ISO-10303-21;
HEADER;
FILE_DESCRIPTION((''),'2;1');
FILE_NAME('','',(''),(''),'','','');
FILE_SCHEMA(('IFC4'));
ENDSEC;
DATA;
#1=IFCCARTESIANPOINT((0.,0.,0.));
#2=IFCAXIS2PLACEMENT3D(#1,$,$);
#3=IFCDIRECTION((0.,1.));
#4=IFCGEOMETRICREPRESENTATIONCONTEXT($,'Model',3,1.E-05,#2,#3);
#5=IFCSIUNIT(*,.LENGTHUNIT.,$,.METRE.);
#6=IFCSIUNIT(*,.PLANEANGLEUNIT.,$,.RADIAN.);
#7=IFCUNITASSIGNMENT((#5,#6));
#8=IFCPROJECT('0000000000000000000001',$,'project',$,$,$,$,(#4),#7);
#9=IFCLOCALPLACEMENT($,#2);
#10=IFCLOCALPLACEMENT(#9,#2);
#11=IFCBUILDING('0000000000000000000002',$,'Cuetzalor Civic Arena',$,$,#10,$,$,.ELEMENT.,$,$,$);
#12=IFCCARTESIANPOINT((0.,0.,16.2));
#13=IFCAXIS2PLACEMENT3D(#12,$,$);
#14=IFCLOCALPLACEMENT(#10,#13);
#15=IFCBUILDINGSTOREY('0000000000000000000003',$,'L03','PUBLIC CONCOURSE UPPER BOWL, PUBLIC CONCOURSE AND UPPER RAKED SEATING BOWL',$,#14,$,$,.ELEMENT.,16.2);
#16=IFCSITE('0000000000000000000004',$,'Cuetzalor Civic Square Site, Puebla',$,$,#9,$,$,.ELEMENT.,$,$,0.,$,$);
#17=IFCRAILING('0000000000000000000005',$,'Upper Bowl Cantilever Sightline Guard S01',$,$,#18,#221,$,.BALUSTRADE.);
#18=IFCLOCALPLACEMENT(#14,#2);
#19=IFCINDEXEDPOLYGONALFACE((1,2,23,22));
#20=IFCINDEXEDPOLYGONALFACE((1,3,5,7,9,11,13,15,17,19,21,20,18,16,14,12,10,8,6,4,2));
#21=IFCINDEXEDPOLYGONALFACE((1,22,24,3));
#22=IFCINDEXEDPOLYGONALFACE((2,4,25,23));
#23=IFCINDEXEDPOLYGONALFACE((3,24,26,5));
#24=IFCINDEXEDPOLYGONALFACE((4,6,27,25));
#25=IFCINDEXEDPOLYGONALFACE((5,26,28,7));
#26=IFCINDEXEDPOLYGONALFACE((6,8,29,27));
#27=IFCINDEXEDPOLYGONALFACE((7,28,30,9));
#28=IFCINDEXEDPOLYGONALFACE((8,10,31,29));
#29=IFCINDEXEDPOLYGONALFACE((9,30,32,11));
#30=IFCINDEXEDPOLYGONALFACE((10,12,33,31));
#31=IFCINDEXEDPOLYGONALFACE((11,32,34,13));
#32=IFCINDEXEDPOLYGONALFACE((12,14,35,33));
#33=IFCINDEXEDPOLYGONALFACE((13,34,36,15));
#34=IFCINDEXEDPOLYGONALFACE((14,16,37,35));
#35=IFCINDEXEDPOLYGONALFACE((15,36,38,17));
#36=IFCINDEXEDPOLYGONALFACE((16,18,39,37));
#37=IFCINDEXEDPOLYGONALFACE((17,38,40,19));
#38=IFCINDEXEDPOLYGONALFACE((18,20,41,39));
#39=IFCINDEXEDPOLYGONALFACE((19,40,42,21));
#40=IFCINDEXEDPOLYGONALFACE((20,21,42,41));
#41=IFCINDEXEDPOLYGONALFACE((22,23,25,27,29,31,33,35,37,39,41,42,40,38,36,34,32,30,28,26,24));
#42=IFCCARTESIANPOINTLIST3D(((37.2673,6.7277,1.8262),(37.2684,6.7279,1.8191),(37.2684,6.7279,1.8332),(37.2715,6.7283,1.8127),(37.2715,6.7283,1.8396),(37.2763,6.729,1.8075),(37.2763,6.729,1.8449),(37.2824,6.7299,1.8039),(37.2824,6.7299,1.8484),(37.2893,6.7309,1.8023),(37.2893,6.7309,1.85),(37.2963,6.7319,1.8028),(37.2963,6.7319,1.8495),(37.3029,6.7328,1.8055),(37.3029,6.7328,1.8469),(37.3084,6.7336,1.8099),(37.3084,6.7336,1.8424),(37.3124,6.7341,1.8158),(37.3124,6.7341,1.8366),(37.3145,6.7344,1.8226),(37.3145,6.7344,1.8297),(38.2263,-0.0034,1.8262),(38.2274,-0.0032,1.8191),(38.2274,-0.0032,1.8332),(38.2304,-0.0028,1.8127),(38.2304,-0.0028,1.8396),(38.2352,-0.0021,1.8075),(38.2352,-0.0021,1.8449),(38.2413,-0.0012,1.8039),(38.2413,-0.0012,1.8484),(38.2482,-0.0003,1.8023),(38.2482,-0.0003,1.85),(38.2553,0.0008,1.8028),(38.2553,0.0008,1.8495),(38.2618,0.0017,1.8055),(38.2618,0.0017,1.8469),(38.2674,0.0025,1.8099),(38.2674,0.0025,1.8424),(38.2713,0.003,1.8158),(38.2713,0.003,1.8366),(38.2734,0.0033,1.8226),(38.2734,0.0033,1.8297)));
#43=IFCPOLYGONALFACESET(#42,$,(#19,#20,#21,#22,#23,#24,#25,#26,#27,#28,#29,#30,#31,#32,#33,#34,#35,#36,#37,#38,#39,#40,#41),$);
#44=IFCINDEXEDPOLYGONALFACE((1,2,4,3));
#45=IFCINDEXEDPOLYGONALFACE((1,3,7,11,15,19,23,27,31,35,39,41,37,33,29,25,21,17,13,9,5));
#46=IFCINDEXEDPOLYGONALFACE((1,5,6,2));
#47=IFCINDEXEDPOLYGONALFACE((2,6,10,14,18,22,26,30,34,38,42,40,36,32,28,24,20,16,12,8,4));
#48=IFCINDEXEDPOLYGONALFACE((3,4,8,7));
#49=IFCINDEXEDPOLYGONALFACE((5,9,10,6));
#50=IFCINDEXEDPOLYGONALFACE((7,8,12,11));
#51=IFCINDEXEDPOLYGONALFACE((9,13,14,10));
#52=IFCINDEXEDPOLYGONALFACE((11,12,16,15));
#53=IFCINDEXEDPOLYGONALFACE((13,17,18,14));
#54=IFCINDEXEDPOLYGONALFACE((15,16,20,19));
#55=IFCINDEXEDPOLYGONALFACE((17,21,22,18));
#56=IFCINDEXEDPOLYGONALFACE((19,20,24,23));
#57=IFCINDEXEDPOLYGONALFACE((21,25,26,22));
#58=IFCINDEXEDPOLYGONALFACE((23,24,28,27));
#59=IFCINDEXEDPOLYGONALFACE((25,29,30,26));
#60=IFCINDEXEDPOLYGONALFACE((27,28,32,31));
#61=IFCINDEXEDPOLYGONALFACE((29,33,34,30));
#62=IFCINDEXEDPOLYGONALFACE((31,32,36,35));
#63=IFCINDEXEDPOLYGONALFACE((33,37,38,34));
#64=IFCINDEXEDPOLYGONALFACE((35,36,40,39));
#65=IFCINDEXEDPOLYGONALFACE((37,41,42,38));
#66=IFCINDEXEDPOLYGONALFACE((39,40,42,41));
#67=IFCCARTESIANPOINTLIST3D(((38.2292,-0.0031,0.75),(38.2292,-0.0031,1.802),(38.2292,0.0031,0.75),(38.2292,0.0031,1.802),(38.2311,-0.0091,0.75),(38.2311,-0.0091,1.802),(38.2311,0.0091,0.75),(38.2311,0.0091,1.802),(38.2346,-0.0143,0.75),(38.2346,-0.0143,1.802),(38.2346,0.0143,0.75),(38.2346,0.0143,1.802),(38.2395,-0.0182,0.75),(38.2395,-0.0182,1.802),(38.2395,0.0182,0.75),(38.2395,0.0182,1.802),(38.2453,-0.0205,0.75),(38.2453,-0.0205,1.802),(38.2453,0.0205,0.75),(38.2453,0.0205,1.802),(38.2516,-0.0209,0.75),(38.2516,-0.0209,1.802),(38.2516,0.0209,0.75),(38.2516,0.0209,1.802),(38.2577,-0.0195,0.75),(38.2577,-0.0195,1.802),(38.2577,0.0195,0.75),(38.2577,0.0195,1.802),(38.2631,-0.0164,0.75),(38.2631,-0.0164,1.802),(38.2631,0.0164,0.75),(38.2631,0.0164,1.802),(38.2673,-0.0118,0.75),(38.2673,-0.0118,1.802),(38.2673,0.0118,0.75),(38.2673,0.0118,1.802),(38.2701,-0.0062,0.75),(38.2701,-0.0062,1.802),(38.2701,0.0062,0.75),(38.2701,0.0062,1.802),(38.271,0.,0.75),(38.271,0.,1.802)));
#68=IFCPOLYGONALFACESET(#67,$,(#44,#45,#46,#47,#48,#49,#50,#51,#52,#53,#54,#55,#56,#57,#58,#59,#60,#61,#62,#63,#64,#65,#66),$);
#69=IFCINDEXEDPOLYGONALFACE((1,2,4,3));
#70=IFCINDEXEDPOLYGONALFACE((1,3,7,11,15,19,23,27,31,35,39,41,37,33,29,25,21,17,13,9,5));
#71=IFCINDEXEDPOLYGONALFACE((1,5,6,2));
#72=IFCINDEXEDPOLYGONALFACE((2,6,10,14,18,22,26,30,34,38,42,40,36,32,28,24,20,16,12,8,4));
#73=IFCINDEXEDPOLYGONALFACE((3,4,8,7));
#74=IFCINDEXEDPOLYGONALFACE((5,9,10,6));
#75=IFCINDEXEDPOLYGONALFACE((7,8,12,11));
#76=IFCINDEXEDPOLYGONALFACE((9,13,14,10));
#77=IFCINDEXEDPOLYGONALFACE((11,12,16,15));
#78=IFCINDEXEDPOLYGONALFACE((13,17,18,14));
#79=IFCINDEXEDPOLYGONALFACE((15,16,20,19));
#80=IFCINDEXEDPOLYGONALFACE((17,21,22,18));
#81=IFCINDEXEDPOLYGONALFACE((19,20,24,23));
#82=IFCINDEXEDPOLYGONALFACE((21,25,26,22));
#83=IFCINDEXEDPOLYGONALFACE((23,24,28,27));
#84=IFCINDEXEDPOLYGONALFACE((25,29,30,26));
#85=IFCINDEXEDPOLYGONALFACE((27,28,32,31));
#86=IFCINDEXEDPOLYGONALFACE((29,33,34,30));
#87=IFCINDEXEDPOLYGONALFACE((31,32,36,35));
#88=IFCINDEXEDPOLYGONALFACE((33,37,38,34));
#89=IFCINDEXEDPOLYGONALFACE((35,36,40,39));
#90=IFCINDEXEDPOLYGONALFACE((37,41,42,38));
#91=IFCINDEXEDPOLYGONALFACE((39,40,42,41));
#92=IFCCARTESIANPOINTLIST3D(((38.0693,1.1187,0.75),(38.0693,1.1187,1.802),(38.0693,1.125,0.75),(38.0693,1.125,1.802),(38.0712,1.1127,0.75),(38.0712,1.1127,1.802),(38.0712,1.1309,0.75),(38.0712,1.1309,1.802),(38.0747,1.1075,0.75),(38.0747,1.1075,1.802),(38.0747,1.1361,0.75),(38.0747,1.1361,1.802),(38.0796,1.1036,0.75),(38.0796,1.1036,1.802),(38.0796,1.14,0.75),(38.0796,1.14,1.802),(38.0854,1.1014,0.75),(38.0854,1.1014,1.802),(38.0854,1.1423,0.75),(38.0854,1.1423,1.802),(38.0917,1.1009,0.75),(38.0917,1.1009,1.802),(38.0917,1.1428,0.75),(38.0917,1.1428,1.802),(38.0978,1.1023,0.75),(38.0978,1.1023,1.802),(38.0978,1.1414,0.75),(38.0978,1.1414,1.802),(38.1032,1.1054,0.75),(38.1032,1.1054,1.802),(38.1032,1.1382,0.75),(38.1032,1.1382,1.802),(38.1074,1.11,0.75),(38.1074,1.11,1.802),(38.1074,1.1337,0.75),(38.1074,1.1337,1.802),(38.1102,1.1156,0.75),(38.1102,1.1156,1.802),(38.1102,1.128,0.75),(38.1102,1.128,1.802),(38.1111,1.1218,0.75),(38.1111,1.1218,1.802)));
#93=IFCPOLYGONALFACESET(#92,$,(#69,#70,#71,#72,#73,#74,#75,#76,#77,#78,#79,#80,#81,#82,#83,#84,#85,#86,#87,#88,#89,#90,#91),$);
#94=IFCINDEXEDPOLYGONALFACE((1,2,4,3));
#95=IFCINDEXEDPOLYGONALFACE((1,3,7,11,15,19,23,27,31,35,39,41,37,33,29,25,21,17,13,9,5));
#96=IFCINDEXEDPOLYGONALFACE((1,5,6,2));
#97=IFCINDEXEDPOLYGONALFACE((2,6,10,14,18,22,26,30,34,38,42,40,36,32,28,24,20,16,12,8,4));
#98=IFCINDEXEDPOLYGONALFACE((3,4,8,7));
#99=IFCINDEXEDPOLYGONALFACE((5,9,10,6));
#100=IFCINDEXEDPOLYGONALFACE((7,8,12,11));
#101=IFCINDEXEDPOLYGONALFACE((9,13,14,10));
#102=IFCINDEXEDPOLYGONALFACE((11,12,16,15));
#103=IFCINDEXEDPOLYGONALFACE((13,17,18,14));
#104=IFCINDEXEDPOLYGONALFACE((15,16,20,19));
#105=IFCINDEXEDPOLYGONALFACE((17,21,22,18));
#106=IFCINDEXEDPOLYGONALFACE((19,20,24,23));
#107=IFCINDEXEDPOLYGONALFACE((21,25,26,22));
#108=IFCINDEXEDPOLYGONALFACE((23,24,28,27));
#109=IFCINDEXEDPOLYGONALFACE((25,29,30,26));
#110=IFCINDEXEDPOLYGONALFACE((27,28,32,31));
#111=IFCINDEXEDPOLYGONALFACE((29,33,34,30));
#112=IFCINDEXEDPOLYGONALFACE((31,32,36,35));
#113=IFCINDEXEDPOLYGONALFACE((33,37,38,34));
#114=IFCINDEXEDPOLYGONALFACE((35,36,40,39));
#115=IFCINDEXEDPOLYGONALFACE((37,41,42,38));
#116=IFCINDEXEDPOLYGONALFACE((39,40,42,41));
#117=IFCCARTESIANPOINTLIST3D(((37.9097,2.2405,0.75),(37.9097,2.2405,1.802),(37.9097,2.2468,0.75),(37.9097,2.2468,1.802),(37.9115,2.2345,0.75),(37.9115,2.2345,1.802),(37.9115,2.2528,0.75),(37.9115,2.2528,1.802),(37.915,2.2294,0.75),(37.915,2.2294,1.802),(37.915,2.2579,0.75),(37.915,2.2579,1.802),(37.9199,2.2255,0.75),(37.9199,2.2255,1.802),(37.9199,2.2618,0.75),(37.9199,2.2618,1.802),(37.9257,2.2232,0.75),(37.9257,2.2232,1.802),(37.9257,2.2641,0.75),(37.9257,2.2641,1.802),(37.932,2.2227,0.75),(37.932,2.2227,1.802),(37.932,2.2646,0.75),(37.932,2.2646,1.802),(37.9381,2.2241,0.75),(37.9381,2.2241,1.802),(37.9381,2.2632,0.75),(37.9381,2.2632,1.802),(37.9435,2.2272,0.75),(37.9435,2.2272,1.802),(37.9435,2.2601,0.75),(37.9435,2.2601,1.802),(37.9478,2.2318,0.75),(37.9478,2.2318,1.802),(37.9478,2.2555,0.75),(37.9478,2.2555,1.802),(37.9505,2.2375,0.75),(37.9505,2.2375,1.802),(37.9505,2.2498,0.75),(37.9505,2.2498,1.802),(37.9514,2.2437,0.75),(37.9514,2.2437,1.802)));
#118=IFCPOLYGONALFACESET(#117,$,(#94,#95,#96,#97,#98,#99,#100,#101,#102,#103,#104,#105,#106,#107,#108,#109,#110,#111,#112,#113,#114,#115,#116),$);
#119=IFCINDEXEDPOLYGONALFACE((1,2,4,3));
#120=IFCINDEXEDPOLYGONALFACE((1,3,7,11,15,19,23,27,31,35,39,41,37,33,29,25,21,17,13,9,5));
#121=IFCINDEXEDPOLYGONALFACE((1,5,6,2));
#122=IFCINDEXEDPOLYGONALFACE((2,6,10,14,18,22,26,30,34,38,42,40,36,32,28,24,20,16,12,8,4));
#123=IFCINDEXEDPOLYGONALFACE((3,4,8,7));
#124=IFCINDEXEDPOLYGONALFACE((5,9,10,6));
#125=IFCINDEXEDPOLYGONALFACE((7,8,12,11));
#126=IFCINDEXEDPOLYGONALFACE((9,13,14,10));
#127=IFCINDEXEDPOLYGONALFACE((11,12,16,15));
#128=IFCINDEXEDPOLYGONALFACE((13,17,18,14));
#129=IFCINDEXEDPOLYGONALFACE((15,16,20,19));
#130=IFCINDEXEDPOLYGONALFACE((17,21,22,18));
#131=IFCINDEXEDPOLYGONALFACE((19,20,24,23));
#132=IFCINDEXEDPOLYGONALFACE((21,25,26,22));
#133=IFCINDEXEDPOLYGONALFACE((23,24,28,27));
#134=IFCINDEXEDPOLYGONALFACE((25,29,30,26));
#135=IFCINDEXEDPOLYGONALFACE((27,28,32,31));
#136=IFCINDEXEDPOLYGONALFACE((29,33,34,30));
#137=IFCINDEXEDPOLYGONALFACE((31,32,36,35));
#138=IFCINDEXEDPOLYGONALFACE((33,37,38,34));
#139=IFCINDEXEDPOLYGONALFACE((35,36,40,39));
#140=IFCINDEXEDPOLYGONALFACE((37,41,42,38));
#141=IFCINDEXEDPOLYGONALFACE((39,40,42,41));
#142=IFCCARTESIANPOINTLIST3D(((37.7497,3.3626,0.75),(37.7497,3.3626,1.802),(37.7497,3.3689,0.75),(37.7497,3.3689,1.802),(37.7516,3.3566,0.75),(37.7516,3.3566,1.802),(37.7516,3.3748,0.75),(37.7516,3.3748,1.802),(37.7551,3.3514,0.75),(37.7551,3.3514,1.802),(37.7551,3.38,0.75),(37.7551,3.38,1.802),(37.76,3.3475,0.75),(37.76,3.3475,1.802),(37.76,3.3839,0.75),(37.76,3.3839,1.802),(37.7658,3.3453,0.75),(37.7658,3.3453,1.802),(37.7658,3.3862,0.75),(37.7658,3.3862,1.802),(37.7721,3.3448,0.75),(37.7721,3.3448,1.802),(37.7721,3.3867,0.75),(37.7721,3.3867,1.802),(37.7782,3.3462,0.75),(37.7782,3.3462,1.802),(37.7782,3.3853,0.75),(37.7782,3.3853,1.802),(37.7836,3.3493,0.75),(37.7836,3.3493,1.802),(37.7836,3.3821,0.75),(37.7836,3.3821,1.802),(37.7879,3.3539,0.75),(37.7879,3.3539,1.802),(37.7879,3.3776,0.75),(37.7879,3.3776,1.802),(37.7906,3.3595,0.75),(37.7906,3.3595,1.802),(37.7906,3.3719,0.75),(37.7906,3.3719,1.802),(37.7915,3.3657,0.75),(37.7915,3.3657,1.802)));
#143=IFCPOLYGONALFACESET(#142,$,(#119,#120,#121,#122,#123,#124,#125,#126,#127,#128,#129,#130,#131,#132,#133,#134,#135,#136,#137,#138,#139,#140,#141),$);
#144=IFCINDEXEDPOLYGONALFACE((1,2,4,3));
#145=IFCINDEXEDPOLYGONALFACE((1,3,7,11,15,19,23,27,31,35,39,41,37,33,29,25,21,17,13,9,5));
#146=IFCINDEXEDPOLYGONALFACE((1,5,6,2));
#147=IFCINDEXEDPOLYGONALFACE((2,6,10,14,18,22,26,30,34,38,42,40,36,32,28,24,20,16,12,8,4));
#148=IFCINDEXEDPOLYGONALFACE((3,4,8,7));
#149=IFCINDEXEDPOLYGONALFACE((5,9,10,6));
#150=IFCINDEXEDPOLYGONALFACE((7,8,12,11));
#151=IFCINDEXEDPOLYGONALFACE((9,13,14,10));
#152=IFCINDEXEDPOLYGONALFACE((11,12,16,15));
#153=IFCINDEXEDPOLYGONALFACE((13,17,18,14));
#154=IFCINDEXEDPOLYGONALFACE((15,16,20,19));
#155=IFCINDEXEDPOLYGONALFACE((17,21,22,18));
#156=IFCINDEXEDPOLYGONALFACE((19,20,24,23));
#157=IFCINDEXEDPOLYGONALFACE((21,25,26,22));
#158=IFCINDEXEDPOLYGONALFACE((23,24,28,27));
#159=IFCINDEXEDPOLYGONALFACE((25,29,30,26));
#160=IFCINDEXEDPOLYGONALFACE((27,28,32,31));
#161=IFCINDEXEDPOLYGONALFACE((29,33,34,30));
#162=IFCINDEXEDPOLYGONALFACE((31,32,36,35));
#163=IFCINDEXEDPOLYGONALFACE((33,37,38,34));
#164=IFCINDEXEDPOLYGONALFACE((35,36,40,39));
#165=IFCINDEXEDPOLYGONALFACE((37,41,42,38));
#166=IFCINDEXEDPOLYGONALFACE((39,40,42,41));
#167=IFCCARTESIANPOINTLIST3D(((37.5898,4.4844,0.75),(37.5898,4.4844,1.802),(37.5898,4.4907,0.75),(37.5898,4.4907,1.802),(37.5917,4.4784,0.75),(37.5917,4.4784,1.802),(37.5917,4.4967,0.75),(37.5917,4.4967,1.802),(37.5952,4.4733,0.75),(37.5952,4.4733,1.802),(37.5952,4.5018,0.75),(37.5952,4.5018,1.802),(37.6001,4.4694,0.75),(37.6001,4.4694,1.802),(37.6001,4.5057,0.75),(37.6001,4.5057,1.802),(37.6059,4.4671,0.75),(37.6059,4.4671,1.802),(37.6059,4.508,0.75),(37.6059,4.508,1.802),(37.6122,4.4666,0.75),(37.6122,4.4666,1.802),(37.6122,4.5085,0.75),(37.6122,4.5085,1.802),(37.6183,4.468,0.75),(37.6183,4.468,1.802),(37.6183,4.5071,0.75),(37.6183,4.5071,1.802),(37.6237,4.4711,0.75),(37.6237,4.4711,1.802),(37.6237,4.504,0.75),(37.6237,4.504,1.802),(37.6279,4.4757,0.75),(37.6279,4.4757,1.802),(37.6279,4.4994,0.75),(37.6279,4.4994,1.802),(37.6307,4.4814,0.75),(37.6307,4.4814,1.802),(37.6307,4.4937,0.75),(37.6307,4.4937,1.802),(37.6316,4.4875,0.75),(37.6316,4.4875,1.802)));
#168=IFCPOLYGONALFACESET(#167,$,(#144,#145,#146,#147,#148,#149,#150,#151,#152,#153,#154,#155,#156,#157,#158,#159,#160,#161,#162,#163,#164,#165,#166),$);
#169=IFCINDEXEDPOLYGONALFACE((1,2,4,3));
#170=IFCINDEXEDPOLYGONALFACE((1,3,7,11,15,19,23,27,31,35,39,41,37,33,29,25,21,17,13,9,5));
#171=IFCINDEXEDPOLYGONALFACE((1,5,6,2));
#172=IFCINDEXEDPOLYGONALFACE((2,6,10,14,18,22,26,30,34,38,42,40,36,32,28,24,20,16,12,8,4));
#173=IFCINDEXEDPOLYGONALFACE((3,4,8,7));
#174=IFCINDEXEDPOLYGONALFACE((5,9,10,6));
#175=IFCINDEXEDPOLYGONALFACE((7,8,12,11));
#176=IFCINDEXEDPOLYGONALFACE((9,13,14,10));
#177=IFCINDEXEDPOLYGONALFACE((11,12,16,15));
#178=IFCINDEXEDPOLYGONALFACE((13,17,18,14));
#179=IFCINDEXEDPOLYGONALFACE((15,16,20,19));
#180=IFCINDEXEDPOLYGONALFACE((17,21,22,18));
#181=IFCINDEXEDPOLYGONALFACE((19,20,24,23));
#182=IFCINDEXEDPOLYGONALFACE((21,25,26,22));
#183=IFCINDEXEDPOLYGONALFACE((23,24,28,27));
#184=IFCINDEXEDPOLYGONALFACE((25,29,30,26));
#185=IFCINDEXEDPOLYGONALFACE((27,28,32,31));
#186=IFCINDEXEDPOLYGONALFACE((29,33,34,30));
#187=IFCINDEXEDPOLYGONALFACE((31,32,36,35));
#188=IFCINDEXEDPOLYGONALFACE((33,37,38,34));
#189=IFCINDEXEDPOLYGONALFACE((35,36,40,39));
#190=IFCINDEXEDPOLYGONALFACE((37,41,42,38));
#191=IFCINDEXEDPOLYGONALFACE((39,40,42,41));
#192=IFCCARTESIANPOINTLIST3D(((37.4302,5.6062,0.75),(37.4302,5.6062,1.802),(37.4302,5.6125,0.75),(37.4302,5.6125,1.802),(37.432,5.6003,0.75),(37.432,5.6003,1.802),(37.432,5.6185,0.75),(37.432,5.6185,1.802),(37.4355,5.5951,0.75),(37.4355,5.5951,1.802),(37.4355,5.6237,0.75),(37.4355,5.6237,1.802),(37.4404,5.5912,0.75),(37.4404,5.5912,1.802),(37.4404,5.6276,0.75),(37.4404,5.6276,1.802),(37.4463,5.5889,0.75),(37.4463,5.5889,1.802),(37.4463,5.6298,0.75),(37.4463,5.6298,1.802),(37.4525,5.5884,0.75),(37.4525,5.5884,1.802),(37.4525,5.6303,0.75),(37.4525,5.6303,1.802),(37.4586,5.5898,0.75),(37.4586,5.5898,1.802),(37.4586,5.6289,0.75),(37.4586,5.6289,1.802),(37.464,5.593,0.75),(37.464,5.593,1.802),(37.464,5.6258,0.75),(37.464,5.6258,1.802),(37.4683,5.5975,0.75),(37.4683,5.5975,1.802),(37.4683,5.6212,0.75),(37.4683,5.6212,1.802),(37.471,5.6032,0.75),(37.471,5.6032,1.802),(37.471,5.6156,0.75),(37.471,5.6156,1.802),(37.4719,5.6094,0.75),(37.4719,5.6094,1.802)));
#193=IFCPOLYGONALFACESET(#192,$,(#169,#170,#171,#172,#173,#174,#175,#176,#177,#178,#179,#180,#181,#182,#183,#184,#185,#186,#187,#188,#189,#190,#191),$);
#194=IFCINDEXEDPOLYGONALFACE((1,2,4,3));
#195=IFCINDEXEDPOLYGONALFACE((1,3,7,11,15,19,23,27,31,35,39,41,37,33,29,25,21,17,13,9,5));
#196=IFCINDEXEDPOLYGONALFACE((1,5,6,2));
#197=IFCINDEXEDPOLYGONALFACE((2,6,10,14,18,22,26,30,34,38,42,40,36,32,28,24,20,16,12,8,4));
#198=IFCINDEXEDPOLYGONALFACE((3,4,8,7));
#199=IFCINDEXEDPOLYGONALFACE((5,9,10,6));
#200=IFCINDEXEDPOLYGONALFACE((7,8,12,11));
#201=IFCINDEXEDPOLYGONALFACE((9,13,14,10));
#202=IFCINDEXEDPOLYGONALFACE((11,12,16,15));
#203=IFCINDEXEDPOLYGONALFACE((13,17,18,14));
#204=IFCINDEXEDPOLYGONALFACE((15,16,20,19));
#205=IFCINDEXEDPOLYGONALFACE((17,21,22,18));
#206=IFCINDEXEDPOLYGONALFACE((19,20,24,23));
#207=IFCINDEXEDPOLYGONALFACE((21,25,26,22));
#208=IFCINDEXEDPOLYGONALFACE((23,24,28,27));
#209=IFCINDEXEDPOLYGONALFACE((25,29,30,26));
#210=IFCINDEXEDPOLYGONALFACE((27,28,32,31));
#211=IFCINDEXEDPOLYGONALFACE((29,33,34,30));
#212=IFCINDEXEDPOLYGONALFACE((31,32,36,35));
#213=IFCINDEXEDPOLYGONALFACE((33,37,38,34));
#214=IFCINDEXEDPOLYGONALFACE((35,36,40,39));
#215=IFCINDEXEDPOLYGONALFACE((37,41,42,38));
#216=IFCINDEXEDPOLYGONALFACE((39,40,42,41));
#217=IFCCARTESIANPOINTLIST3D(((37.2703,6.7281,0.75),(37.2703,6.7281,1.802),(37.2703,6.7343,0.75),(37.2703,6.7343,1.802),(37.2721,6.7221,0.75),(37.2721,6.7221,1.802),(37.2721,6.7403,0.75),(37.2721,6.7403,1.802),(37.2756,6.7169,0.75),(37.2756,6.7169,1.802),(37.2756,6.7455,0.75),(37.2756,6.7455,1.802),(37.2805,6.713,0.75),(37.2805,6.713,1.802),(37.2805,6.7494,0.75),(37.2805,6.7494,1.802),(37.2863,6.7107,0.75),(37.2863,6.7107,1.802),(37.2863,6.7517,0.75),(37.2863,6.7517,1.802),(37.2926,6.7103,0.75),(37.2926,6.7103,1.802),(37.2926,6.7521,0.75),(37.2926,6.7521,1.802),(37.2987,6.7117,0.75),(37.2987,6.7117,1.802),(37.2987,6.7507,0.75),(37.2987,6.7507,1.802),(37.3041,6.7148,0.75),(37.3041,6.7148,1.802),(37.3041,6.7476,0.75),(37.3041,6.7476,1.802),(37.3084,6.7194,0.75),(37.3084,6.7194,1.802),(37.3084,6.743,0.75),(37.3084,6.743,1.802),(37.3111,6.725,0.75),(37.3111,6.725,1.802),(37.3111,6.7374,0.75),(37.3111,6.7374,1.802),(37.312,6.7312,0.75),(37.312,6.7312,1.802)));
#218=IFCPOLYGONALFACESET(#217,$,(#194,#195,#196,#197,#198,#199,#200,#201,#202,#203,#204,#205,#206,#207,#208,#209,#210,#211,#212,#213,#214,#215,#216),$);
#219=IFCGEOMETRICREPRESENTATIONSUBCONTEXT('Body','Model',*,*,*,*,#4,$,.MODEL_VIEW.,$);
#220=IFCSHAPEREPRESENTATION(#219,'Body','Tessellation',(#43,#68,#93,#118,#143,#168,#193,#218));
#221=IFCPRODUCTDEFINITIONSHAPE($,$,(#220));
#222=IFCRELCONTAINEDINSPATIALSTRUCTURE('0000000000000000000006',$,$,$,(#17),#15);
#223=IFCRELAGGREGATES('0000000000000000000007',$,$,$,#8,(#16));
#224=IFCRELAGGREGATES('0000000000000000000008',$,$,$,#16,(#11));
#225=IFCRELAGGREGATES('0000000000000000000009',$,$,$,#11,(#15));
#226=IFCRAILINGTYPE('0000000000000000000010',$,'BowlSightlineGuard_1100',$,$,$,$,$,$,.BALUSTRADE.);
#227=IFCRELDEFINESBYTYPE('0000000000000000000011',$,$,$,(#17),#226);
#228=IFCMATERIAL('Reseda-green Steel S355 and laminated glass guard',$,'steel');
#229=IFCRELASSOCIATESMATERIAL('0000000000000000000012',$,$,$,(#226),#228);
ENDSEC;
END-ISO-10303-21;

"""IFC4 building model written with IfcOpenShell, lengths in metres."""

from ifc_helpers import new_model, si_unit, direction, frame, origin, origin_2d, place, context, subcontext, project, spatial, circle, extrude, material, type_object, element, save


model = new_model("IFC4")

# Units and contexts
model_context = context("Model", 3, precision=1e-05, world=origin(), true_north=direction((0.0, 1.0)))
body_context = subcontext(model_context, "Body", "Model", "MODEL_VIEW")
ifc_project = project(units=[si_unit("LENGTHUNIT", "METRE"), si_unit("PLANEANGLEUNIT", "RADIAN")], contexts=[model_context])

# Site, building, storey
site_placement = place(None, origin())
site = spatial("IfcSite", under=ifc_project, at=site_placement, Name="Cuetzalor Civic Square Site, Puebla", CompositionType="ELEMENT", RefElevation=0.0)
building_placement = place(site_placement, origin())
building = spatial("IfcBuilding", under=site, at=building_placement, Name="Cuetzalor Civic Arena", CompositionType="ELEMENT")
storey_placement = place(building_placement, frame((0.0, 0.0, 16.2)))
storey = spatial("IfcBuildingStorey", under=building, at=storey_placement, Name="L03", Description="PUBLIC CONCOURSE UPPER BOWL, PUBLIC CONCOURSE AND UPPER RAKED SEATING BOWL", CompositionType="ELEMENT", Elevation=16.2)

# Railing
ifc_material_1 = material(Name="Reseda-green Steel S355 and laminated glass guard", Category="steel")
railing_type = type_object("IfcRailingType", Name="BowlSightlineGuard_1100", PredefinedType="BALUSTRADE", material=ifc_material_1)
railing_1_placement = place(storey_placement, frame((38.25, 0.0, 0.75)))
element("IfcRailing", 1, at=railing_1_placement, inside=storey, type_object=railing_type, Name="Upper Bowl Cantilever Sightline Guard S01", PredefinedType="BALUSTRADE", context=body_context, shape_type="SweptSolid", body=[
    extrude(circle(Radius=0.0239, at=origin_2d()), frame((0.0, 0.0, 1.0762), z_axis=(-0.141044, 0.990003, 0.0), x_axis=(-0.990003, -0.141044, 0.0)), (0.0, 0.0, 1.0), 6.7991),
    extrude(circle(Radius=0.021, at=origin_2d()), origin(), (0.0, 0.0, 1.0), 1.052),
    extrude(circle(Radius=0.021, at=origin_2d()), frame((-0.1599, 1.1218, 0.0)), (0.0, 0.0, 1.0), 1.052),
    extrude(circle(Radius=0.021, at=origin_2d()), frame((-0.3196, 2.2437, 0.0)), (0.0, 0.0, 1.0), 1.052),
    extrude(circle(Radius=0.021, at=origin_2d()), frame((-0.4795, 3.3657, 0.0)), (0.0, 0.0, 1.0), 1.052),
    extrude(circle(Radius=0.021, at=origin_2d()), frame((-0.6394, 4.4875, 0.0)), (0.0, 0.0, 1.0), 1.052),
    extrude(circle(Radius=0.021, at=origin_2d()), frame((-0.7991, 5.6094, 0.0)), (0.0, 0.0, 1.0), 1.052),
    extrude(circle(Radius=0.021, at=origin_2d()), frame((-0.959, 6.7312, 0.0)), (0.0, 0.0, 1.0), 1.052),
])

save(model, "model.ifc")
